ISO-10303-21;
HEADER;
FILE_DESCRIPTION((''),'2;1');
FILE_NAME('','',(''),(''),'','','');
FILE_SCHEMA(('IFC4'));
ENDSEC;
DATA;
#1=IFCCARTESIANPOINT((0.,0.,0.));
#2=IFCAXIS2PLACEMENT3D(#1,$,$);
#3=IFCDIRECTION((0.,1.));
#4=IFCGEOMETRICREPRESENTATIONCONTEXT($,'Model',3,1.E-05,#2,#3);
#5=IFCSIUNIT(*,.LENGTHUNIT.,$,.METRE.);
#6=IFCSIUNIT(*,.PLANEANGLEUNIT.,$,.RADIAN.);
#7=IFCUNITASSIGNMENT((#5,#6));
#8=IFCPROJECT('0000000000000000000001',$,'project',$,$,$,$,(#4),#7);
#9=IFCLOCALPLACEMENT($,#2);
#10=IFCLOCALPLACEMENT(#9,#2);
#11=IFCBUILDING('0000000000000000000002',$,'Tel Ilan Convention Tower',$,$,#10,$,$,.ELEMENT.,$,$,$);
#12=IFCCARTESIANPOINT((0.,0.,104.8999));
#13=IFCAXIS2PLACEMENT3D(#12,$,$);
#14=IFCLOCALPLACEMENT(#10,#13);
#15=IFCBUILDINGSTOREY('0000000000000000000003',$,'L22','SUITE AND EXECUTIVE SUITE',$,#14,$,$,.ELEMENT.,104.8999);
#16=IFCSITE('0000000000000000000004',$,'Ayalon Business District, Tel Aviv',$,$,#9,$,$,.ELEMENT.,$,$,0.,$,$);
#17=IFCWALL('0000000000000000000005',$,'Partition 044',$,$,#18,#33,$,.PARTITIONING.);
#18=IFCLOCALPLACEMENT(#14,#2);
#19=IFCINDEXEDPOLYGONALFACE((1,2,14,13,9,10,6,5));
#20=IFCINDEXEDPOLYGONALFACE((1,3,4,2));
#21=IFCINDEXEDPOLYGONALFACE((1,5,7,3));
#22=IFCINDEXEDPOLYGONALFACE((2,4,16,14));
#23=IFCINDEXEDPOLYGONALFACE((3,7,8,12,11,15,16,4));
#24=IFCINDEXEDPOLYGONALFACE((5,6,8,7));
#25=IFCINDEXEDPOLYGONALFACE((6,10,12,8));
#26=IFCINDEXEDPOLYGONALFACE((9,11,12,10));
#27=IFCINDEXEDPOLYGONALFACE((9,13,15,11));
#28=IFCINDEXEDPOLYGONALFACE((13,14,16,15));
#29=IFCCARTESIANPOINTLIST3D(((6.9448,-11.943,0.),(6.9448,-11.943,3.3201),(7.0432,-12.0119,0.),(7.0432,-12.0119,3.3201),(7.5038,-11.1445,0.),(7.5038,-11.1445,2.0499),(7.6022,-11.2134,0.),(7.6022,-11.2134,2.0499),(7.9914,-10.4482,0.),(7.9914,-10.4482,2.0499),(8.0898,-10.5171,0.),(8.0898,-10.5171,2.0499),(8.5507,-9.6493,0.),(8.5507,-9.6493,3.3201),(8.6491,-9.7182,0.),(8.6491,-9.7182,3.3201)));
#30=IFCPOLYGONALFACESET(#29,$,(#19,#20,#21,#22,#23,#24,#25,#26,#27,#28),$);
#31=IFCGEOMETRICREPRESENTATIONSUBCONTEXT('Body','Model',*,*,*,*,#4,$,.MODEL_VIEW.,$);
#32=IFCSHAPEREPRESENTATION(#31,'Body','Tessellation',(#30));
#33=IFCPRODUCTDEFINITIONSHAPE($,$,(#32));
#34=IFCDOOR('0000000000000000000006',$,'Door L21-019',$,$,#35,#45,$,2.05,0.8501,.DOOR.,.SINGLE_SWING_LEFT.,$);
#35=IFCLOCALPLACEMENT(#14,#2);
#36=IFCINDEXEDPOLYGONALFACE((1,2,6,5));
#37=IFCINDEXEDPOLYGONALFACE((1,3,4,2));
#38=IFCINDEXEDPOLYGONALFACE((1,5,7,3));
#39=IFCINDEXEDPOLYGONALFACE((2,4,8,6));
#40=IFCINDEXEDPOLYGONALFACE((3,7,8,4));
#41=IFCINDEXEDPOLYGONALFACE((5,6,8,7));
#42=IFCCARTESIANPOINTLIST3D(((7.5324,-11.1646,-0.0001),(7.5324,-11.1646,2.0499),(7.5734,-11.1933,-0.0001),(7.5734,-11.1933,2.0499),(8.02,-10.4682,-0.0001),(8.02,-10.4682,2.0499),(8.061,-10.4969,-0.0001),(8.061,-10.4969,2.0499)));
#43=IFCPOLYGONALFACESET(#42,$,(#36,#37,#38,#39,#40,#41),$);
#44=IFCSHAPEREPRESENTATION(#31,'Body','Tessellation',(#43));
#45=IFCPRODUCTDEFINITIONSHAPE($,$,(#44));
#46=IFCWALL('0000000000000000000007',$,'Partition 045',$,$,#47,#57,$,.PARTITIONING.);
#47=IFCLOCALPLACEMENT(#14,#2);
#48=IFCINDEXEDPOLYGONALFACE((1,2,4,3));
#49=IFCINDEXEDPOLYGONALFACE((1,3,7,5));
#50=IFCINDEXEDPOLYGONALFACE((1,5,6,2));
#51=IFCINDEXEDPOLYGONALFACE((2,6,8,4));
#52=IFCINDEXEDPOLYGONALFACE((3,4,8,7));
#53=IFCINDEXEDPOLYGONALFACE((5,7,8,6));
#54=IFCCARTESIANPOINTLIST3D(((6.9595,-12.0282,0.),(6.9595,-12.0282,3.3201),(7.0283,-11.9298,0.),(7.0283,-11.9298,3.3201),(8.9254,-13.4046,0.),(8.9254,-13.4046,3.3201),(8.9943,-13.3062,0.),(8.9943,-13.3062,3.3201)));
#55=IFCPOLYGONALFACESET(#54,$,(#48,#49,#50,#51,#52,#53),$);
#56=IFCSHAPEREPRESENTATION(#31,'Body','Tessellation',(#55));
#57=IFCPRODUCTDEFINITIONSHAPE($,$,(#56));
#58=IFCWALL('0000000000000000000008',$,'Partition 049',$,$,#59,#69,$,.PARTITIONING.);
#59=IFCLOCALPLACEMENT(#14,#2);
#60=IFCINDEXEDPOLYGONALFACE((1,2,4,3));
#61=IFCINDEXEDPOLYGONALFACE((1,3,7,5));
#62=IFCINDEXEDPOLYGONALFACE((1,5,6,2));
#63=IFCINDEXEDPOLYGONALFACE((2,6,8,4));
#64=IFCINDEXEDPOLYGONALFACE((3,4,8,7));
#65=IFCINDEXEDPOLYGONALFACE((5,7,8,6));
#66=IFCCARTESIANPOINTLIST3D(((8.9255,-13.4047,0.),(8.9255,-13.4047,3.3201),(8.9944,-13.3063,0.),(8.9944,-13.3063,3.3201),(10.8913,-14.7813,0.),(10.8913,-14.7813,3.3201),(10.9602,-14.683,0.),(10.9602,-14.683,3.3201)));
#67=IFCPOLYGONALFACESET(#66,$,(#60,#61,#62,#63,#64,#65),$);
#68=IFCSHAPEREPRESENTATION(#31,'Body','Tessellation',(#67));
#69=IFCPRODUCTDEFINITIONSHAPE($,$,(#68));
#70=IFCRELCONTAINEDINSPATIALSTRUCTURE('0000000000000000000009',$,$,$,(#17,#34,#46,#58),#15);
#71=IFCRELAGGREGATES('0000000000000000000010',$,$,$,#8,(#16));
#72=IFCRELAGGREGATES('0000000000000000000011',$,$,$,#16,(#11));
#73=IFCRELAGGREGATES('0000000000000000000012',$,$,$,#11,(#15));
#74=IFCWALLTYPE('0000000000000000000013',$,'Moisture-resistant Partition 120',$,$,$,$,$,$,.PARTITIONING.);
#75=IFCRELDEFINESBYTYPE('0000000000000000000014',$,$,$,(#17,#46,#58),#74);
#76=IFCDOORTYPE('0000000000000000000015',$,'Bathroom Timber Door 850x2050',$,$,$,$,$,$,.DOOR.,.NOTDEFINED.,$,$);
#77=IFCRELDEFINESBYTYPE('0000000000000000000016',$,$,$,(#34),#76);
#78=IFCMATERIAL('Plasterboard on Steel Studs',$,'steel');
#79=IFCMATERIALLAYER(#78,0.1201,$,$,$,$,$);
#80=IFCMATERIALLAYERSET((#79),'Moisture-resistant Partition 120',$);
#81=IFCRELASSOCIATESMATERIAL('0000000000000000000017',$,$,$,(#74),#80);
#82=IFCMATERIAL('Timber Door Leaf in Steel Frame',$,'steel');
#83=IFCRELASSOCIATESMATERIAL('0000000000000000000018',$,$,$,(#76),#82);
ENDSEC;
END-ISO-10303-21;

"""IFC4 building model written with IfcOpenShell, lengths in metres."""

from ifc_helpers import new_model, si_unit, direction, frame, frame_2d, origin, place, context, subcontext, project, spatial, rectangle, extrude, material, layer, layer_set, type_object, element, fill, save


model = new_model("IFC4")

# Units and contexts
model_context = context("Model", 3, precision=1e-05, world=origin(), true_north=direction((0.0, 1.0)))
body_context = subcontext(model_context, "Body", "Model", "MODEL_VIEW")
ifc_project = project(units=[si_unit("LENGTHUNIT", "METRE"), si_unit("PLANEANGLEUNIT", "RADIAN")], contexts=[model_context])

# Site, building, storey
site_placement = place(None, origin())
site = spatial("IfcSite", under=ifc_project, at=site_placement, Name="Ayalon Business District, Tel Aviv", CompositionType="ELEMENT", RefElevation=0.0)
building_placement = place(site_placement, origin())
building = spatial("IfcBuilding", under=site, at=building_placement, Name="Tel Ilan Convention Tower", CompositionType="ELEMENT")
storey_placement = place(building_placement, frame((0.0, 0.0, 104.8999)))
storey = spatial("IfcBuildingStorey", under=building, at=storey_placement, Name="L22", Description="SUITE AND EXECUTIVE SUITE", CompositionType="ELEMENT", Elevation=104.8999)

# Wall, opening, door
ifc_material_1 = material(Name="Plasterboard on Steel Studs", Category="steel")
ifc_layer_1 = layer(ifc_material_1, 0.1201)
ifc_layer_set_1 = layer_set([ifc_layer_1], Name="Moisture-resistant Partition 120")
wall_type_1 = type_object("IfcWallType", Name="Moisture-resistant Partition 120", PredefinedType="PARTITIONING", material=ifc_layer_set_1)
wall_1_placement = place(storey_placement, frame((8.5999, -9.6838, 0.0), z_axis=(0.0, 0.0, 1.0), x_axis=(-0.57355, -0.81917, 0.0)))
wall_1 = element("IfcWall", 1, at=wall_1_placement, inside=storey, type_object=wall_type_1, Name="Partition 044", PredefinedType="PARTITIONING", context=body_context, shape_type="SweptSolid", body=[
    extrude(rectangle(XDim=2.8, YDim=0.1201, at=frame_2d((1.3999, 0.0))), origin(), (0.0, 0.0, 1.0), 3.3201),
])
opening_1_placement = place(wall_1_placement, frame((0.9751, 0.0, 0.0)))
opening_1 = element("IfcOpeningElement", 2, at=opening_1_placement, cuts=wall_1, PredefinedType="OPENING", context=body_context, shape_type="SweptSolid", body=[
    extrude(rectangle(XDim=0.8501, YDim=2.05, at=frame_2d((0.425, 1.0249))), frame((0.0, 0.0701, 0.0), z_axis=(0.0, -1.0, 0.0), x_axis=(1.0, 0.0, 0.0)), (0.0, 0.0, 1.0), 0.1401),
])
ifc_material_2 = material(Name="Timber Door Leaf in Steel Frame", Category="steel")
door_type_1 = type_object("IfcDoorType", Name="Bathroom Timber Door 850x2050", OperationType="NOTDEFINED", PredefinedType="DOOR", material=ifc_material_2)
door_1_placement = place(opening_1_placement, origin())
door_1 = element("IfcDoor", 3, at=door_1_placement, inside=storey, type_object=door_type_1, Name="Door L21-019", OperationType="SINGLE_SWING_LEFT", OverallHeight=2.05, OverallWidth=0.8501, PredefinedType="DOOR", context=body_context, shape_type="SweptSolid", body=[
    extrude(rectangle(XDim=0.8501, YDim=2.05, at=frame_2d((0.425, 1.0249))), frame((0.0, 0.0249, 0.0), z_axis=(0.0, -1.0, 0.0), x_axis=(1.0, 0.0, 0.0)), (0.0, 0.0, 1.0), 0.05),
])
fill(opening_1, door_1)

# Walls
for number, where, z_axis, x_axis, name in (
    (4, (6.9939, -11.979, 0.0), (0.0, 0.0, 1.0), (0.819189, -0.573524, 0.0), "Partition 045"),
    (5, (8.96, -13.3555, 0.0), (0.0, 0.0, 1.0), (0.819108, -0.57364, 0.0), "Partition 049"),
):
    element("IfcWall", number, at=place(storey_placement, frame(where, z_axis=z_axis, x_axis=x_axis)), inside=storey, type_object=wall_type_1, Name=name, PredefinedType="PARTITIONING", context=body_context, shape_type="SweptSolid", body=[
        extrude(rectangle(XDim=2.3999, YDim=0.1201, at=frame_2d((1.2, 0.0))), origin(), (0.0, 0.0, 1.0), 3.3201),
    ])

save(model, "model.ifc")
